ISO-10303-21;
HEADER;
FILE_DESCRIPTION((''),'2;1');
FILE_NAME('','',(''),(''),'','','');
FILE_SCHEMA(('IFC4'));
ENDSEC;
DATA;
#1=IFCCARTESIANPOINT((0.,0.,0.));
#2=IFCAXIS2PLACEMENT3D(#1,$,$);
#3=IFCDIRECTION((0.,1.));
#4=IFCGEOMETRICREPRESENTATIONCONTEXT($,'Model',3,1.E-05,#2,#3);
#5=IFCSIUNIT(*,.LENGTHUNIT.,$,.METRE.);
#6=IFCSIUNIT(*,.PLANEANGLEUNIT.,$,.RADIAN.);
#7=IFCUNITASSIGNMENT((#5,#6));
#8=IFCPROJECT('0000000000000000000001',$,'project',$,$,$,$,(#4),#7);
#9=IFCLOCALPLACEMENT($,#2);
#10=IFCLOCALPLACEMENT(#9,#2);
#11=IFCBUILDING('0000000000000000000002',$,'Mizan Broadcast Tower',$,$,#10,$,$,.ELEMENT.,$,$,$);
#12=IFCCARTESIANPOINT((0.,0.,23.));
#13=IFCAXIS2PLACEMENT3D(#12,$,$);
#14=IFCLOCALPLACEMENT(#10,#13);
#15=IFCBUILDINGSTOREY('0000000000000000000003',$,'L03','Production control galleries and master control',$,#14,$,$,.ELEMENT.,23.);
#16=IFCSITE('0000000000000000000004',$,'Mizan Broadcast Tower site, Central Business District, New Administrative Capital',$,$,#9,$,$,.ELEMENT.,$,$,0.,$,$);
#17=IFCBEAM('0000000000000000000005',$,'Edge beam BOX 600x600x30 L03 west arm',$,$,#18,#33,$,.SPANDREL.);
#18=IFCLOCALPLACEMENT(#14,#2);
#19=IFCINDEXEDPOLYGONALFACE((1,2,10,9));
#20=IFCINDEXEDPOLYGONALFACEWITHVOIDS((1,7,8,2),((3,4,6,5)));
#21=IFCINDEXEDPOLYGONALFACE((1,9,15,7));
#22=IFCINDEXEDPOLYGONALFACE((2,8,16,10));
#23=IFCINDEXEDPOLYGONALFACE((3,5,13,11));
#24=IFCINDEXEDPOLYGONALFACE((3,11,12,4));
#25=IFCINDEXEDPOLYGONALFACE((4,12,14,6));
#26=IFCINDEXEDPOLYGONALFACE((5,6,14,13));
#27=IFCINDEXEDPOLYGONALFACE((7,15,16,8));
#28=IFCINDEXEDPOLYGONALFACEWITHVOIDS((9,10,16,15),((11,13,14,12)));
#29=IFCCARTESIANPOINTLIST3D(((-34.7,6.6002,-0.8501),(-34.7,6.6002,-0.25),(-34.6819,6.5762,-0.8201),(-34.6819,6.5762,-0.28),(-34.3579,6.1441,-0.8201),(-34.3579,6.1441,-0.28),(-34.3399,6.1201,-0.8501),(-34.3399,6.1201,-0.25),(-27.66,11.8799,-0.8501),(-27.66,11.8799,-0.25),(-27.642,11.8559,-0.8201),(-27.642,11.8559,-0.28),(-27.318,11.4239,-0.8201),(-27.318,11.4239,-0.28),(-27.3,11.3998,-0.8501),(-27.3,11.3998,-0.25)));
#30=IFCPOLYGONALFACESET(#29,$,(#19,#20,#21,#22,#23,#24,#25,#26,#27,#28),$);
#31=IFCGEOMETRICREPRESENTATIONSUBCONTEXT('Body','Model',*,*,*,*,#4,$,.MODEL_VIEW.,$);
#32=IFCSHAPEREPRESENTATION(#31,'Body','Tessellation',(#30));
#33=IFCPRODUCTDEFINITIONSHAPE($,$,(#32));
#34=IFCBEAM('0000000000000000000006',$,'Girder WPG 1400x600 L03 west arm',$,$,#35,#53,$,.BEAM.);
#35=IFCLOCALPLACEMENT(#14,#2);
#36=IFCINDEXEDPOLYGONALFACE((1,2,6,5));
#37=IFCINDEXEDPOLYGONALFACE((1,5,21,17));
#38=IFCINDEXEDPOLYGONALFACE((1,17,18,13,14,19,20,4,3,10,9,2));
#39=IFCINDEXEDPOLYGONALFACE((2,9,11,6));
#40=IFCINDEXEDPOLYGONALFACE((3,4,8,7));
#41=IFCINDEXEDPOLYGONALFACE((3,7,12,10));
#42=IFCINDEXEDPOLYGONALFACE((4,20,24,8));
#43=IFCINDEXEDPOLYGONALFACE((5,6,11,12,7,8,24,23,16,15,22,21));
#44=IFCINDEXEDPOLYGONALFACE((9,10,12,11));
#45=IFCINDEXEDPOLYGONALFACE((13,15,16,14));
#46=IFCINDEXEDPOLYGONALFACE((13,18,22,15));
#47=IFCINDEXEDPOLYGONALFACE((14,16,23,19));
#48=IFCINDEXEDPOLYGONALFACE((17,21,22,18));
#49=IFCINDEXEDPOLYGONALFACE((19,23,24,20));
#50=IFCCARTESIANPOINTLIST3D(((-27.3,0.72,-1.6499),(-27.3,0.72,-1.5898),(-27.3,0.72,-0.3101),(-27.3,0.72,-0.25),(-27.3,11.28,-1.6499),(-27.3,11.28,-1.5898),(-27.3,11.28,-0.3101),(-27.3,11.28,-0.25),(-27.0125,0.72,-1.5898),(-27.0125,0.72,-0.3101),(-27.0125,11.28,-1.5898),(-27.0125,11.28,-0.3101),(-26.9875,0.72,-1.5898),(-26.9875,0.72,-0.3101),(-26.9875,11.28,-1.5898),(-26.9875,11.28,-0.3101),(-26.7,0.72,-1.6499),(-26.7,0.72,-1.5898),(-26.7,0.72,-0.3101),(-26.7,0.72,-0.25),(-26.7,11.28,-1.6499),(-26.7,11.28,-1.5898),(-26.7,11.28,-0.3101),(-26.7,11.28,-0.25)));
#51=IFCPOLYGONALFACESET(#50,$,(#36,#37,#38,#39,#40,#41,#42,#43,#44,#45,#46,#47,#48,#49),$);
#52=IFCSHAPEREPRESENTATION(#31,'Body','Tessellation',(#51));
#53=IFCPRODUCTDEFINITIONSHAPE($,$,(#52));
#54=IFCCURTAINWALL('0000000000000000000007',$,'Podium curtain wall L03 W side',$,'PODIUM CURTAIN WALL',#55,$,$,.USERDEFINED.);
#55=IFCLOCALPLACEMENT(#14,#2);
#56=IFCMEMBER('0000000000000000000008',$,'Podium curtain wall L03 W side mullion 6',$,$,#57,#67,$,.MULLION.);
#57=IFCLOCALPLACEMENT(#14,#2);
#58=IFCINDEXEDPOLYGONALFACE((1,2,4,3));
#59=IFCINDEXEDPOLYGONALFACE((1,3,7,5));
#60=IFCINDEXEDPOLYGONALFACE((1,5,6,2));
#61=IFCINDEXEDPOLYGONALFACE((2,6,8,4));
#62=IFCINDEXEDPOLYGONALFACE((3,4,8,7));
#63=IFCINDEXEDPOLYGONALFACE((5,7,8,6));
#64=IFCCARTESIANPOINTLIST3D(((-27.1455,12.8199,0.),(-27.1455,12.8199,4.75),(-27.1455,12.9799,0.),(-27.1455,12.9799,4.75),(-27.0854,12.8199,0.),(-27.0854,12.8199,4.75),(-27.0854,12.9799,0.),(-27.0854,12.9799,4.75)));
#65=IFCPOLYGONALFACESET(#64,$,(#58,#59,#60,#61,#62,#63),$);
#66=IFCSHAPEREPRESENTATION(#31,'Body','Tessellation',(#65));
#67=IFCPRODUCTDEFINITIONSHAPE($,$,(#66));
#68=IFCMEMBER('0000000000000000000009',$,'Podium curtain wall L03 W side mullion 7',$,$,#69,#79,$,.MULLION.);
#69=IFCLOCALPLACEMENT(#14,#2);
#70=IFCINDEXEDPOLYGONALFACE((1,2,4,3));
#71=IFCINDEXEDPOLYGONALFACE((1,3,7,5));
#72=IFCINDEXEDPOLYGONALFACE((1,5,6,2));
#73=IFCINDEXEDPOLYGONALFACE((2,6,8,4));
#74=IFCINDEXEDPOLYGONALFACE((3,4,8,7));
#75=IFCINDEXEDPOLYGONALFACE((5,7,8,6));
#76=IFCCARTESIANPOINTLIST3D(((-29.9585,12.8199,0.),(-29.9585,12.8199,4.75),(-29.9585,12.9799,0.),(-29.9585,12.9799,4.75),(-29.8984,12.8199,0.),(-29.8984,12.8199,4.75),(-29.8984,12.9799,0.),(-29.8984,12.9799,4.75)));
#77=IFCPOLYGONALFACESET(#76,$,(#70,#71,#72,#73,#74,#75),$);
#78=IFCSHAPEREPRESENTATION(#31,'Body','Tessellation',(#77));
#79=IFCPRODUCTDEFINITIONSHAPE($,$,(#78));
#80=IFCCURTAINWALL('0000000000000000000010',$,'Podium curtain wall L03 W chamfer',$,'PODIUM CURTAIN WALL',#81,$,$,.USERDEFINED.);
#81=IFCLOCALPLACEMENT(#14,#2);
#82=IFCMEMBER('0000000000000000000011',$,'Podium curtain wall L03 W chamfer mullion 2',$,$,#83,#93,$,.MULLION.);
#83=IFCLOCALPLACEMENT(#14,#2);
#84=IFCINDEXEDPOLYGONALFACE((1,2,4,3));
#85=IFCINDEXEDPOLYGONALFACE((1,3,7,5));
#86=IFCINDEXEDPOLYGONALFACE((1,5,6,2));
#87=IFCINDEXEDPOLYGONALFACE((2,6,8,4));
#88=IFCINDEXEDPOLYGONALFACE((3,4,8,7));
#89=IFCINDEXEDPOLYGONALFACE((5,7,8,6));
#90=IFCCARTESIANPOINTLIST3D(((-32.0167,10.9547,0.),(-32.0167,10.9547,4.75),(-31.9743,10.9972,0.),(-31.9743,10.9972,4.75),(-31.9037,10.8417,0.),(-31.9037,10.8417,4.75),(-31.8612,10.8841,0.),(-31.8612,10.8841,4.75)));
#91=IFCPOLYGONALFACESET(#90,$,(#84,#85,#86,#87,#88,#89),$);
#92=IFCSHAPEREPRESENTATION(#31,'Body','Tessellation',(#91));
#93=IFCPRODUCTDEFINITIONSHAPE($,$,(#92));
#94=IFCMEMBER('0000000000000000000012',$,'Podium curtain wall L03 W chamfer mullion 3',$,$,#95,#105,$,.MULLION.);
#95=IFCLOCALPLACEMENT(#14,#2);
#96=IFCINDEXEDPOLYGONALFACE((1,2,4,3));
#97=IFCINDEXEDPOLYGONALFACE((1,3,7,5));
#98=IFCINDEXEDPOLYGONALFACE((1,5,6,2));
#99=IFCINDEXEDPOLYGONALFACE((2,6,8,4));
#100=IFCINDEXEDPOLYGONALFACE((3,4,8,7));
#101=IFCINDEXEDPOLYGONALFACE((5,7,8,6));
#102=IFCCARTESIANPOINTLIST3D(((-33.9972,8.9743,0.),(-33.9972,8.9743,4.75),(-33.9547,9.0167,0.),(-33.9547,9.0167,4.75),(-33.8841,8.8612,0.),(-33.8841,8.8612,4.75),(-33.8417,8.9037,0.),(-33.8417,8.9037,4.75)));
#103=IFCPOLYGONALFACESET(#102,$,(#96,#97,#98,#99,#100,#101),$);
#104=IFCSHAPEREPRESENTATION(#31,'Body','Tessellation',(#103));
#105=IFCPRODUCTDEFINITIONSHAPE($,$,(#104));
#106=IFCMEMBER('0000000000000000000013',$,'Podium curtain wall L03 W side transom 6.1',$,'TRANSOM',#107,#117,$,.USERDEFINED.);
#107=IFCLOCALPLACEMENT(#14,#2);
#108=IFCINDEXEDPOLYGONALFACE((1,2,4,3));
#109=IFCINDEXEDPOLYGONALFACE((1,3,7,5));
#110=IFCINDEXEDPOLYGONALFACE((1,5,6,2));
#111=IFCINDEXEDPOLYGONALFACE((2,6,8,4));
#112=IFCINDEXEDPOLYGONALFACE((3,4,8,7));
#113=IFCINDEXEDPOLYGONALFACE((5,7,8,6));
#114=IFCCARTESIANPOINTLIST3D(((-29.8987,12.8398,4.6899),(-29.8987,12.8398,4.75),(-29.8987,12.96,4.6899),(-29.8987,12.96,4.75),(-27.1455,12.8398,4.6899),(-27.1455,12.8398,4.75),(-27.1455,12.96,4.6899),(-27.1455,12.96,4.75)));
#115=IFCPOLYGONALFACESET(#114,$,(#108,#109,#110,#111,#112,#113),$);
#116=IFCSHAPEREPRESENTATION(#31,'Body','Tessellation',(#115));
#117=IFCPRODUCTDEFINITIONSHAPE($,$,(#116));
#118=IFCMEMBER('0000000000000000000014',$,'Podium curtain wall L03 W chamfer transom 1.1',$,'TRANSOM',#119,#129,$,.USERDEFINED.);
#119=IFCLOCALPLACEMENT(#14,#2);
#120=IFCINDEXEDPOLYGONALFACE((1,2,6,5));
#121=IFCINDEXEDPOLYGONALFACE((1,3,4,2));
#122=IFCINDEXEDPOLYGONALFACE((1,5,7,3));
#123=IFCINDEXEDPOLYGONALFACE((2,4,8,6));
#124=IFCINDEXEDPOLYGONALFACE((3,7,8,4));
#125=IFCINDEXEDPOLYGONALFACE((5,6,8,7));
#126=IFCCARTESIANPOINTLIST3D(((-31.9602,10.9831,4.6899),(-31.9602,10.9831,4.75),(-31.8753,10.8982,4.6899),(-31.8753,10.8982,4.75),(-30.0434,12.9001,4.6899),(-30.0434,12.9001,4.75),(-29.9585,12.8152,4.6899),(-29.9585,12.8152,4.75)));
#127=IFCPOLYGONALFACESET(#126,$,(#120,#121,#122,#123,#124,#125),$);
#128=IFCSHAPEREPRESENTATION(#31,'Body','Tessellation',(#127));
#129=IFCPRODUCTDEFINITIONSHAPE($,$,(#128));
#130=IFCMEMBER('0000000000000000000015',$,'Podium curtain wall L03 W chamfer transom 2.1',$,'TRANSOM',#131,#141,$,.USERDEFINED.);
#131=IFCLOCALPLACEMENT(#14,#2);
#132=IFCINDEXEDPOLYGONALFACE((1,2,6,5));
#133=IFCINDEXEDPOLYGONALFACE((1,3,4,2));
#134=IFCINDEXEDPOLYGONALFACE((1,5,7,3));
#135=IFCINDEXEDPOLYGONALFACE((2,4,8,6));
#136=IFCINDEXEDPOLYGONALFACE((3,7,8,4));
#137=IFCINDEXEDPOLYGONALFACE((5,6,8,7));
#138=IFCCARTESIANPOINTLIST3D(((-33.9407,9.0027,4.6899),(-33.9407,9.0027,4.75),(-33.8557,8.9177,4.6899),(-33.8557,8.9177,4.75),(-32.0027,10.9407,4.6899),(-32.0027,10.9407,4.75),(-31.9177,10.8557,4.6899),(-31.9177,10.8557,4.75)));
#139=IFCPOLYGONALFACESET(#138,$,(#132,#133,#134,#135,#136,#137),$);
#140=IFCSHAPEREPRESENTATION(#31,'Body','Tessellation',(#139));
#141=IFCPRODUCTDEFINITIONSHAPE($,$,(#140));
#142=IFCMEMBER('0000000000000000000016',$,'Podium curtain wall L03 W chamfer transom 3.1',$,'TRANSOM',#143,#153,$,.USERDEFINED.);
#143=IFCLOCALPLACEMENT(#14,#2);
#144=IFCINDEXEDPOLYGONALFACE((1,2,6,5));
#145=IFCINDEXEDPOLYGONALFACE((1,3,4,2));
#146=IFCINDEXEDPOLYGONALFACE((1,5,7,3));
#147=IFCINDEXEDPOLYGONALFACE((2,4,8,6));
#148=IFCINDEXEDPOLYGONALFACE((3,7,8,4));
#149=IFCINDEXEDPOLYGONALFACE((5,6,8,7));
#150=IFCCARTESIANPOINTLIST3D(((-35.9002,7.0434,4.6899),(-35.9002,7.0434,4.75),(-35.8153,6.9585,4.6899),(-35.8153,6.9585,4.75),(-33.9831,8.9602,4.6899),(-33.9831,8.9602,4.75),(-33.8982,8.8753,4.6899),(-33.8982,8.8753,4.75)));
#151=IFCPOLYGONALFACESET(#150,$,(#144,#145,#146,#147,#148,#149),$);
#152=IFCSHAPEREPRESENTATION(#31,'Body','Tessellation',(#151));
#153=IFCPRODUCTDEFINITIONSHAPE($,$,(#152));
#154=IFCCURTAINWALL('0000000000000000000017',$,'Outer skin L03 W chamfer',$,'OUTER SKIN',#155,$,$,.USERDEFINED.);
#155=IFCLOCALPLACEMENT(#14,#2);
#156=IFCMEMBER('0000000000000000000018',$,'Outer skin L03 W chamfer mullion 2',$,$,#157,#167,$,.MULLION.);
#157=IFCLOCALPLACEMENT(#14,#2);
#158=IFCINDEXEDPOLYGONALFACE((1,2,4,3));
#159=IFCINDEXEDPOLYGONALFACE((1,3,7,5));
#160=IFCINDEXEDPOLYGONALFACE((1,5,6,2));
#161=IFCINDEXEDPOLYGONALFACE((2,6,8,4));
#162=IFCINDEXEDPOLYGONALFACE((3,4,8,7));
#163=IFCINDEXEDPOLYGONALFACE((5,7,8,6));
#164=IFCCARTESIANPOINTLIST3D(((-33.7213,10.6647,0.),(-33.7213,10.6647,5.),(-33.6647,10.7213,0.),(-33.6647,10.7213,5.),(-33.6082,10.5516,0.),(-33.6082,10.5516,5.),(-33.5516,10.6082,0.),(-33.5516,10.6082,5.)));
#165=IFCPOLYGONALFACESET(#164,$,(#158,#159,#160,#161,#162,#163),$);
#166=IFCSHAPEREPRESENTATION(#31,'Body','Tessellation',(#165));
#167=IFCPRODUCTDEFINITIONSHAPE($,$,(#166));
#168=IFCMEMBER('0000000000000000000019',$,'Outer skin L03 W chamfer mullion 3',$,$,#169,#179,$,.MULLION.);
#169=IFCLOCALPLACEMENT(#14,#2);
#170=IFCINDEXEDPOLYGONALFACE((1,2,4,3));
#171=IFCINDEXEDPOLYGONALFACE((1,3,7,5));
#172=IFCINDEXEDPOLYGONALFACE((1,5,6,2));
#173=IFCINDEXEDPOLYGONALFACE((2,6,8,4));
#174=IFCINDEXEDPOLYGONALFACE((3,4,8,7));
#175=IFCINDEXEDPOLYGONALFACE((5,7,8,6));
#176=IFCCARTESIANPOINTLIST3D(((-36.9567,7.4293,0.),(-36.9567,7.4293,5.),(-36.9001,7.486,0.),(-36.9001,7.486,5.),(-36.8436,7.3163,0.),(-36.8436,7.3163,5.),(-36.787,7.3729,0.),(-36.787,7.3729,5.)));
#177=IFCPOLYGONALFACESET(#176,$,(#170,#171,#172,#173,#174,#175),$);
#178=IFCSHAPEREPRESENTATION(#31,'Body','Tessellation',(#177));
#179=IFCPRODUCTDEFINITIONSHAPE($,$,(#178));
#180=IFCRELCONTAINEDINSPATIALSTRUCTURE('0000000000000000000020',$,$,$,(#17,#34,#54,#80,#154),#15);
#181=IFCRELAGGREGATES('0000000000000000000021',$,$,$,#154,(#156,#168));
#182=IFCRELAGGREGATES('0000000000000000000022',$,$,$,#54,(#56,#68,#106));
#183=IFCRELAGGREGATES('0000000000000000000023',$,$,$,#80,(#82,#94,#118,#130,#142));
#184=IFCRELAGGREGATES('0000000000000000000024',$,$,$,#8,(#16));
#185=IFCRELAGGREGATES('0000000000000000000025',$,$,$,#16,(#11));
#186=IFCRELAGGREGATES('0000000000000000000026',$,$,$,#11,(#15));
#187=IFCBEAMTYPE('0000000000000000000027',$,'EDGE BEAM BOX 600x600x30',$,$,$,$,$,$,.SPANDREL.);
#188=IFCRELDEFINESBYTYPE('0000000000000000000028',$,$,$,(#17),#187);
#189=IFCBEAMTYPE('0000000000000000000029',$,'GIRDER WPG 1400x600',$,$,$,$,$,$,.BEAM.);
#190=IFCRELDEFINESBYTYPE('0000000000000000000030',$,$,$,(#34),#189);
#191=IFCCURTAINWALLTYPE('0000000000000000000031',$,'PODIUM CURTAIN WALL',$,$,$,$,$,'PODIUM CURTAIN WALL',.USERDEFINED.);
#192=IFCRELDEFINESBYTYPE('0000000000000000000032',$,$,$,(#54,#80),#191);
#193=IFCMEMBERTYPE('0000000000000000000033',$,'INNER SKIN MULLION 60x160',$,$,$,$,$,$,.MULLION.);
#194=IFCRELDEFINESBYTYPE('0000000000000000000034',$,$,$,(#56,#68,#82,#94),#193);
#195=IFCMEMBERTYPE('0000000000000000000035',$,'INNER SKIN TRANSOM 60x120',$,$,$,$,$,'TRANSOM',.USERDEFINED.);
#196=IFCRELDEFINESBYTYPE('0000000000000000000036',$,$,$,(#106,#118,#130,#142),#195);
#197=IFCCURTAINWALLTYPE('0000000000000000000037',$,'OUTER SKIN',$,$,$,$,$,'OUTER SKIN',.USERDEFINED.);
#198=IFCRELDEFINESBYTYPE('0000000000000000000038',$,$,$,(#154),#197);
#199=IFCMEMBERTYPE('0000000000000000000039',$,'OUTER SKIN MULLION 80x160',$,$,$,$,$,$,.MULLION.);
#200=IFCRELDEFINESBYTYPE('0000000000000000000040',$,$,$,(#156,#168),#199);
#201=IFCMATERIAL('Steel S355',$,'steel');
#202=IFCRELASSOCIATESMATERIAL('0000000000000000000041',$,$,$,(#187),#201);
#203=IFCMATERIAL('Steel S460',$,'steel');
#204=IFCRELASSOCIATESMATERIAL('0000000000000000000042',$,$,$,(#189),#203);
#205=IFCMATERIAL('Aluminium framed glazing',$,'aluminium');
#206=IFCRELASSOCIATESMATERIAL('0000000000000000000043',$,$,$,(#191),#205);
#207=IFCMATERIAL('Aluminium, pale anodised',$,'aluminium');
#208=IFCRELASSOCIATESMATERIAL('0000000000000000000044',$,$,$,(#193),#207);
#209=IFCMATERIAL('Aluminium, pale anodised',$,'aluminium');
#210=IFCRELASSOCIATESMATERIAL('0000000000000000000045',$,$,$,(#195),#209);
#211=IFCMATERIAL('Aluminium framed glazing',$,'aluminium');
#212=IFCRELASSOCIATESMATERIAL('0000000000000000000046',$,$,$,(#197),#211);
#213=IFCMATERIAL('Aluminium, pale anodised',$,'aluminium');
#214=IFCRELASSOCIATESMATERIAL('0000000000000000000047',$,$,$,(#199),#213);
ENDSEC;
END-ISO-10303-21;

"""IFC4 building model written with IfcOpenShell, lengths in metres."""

from ifc_helpers import new_model, si_unit, direction, frame, origin, origin_2d, place, context, subcontext, project, spatial, rectangle, hollow_rectangle, i_section, extrude, material, material_profile, profile_set, type_object, element, aggregate, save


model = new_model("IFC4")

# Units and contexts
model_context = context("Model", 3, precision=1e-05, world=origin(), true_north=direction((0.0, 1.0)))
body_context = subcontext(model_context, "Body", "Model", "MODEL_VIEW")
ifc_project = project(units=[si_unit("LENGTHUNIT", "METRE"), si_unit("PLANEANGLEUNIT", "RADIAN")], contexts=[model_context])

# Site, building, storey
site_placement = place(None, origin())
site = spatial("IfcSite", under=ifc_project, at=site_placement, Name="Mizan Broadcast Tower site, Central Business District, New Administrative Capital", CompositionType="ELEMENT", RefElevation=0.0)
building_placement = place(site_placement, origin())
building = spatial("IfcBuilding", under=site, at=building_placement, Name="Mizan Broadcast Tower", CompositionType="ELEMENT")
storey_placement = place(building_placement, frame((0.0, 0.0, 23.0)))
storey = spatial("IfcBuildingStorey", under=building, at=storey_placement, Name="L03", Description="Production control galleries and master control", CompositionType="ELEMENT", Elevation=23.0)

# Beams
ifc_material_1 = material(Name="Steel S355", Category="steel")
ifc_material_profile_1 = material_profile(ifc_material_1, hollow_rectangle(XDim=0.6001, YDim=0.6001, WallThickness=0.03, at=origin_2d()), Name="BOX 600x600x30")
ifc_profile_set_1 = profile_set([ifc_material_profile_1], Name="Steel S355")
beam_type_1 = type_object("IfcBeamType", Name="EDGE BEAM BOX 600x600x30", PredefinedType="SPANDREL", material=ifc_profile_set_1)
beam_1_placement = place(storey_placement, frame((-27.48, 11.6399, -0.55), z_axis=(-0.800013, -0.599982, 0.0), x_axis=(0.599982, -0.800013, 0.0)))
element("IfcBeam", 1, at=beam_1_placement, inside=storey, type_object=beam_type_1, Name="Edge beam BOX 600x600x30 L03 west arm", PredefinedType="SPANDREL", context=body_context, shape_type="SweptSolid", body=[
    extrude(hollow_rectangle(XDim=0.6001, YDim=0.6001, WallThickness=0.03, at=origin_2d()), origin(), (0.0, 0.0, 1.0), 8.7998),
])
ifc_material_2 = material(Name="Steel S460", Category="steel")
ifc_material_profile_2 = material_profile(ifc_material_2, i_section(OverallWidth=0.6001, OverallDepth=1.3999, WebThickness=0.0249, FlangeThickness=0.0601, at=origin_2d()), Name="WPG 1400x600")
ifc_profile_set_2 = profile_set([ifc_material_profile_2], Name="Steel S460")
beam_type_2 = type_object("IfcBeamType", Name="GIRDER WPG 1400x600", PredefinedType="BEAM", material=ifc_profile_set_2)
beam_2_placement = place(storey_placement, frame((-27.0, 11.28, -0.95), z_axis=(0.0, -1.0, 0.0), x_axis=(1.0, 0.0, 0.0)))
element("IfcBeam", 2, at=beam_2_placement, inside=storey, type_object=beam_type_2, Name="Girder WPG 1400x600 L03 west arm", PredefinedType="BEAM", context=body_context, shape_type="SweptSolid", body=[
    extrude(i_section(OverallWidth=0.6001, OverallDepth=1.3999, WebThickness=0.0249, FlangeThickness=0.0601, at=origin_2d()), origin(), (0.0, 0.0, 1.0), 10.5601),
])

# Curtain walls, members
ifc_material_3 = material(Name="Aluminium framed glazing", Category="aluminium")
curtain_wall_type_1 = type_object("IfcCurtainWallType", Name="PODIUM CURTAIN WALL", ElementType="PODIUM CURTAIN WALL", PredefinedType="USERDEFINED", material=ifc_material_3)
curtain_wall_1_placement = place(storey_placement, origin())
curtain_wall_1 = element("IfcCurtainWall", 3, at=curtain_wall_1_placement, inside=storey, type_object=curtain_wall_type_1, Name="Podium curtain wall L03 W side", ObjectType="PODIUM CURTAIN WALL", PredefinedType="USERDEFINED")
ifc_material_4 = material(Name="Aluminium, pale anodised", Category="aluminium")
ifc_material_profile_3 = material_profile(ifc_material_4, rectangle(XDim=0.1599, YDim=0.0601, at=origin_2d()), Name="MULLION 160x60")
ifc_profile_set_3 = profile_set([ifc_material_profile_3], Name="Aluminium, pale anodised")
member_type_1 = type_object("IfcMemberType", Name="INNER SKIN MULLION 60x160", PredefinedType="MULLION", material=ifc_profile_set_3)
member_1_placement = place(storey_placement, frame((-27.1155, 12.8999, 0.0), z_axis=(0.0, 0.0, 1.0), x_axis=(0.0, -1.0, 0.0)))
member_1 = element("IfcMember", 4, at=member_1_placement, type_object=member_type_1, Name="Podium curtain wall L03 W side mullion 6", PredefinedType="MULLION", context=body_context, shape_type="SweptSolid", body=[
    extrude(rectangle(XDim=0.1599, YDim=0.0601, at=origin_2d()), origin(), (0.0, 0.0, 1.0), 4.75),
])
member_2_placement = place(storey_placement, frame((-29.9285, 12.8999, 0.0), z_axis=(0.0, 0.0, 1.0), x_axis=(0.0, -1.0, 0.0)))
member_2 = element("IfcMember", 5, at=member_2_placement, type_object=member_type_1, Name="Podium curtain wall L03 W side mullion 7", PredefinedType="MULLION", context=body_context, shape_type="SweptSolid", body=[
    extrude(rectangle(XDim=0.1599, YDim=0.0601, at=origin_2d()), origin(), (0.0, 0.0, 1.0), 4.75),
])
curtain_wall_2_placement = place(storey_placement, origin())
curtain_wall_2 = element("IfcCurtainWall", 6, at=curtain_wall_2_placement, inside=storey, type_object=curtain_wall_type_1, Name="Podium curtain wall L03 W chamfer", ObjectType="PODIUM CURTAIN WALL", PredefinedType="USERDEFINED")
member_3_placement = place(storey_placement, frame((-31.939, 10.9194, 0.0), z_axis=(0.0, 0.0, 1.0), x_axis=(0.707107, -0.707107, 0.0)))
member_3 = element("IfcMember", 7, at=member_3_placement, type_object=member_type_1, Name="Podium curtain wall L03 W chamfer mullion 2", PredefinedType="MULLION", context=body_context, shape_type="SweptSolid", body=[
    extrude(rectangle(XDim=0.1599, YDim=0.0601, at=origin_2d()), origin(), (0.0, 0.0, 1.0), 4.75),
])
member_4_placement = place(storey_placement, frame((-33.9194, 8.939, 0.0), z_axis=(0.0, 0.0, 1.0), x_axis=(0.707107, -0.707107, 0.0)))
member_4 = element("IfcMember", 8, at=member_4_placement, type_object=member_type_1, Name="Podium curtain wall L03 W chamfer mullion 3", PredefinedType="MULLION", context=body_context, shape_type="SweptSolid", body=[
    extrude(rectangle(XDim=0.1599, YDim=0.0601, at=origin_2d()), origin(), (0.0, 0.0, 1.0), 4.75),
])

# Members
ifc_material_5 = material(Name="Aluminium, pale anodised", Category="aluminium")
ifc_material_profile_4 = material_profile(ifc_material_5, rectangle(XDim=0.1201, YDim=0.0601, at=origin_2d()), Name="TRANSOM 120x60")
ifc_profile_set_4 = profile_set([ifc_material_profile_4], Name="Aluminium, pale anodised")
member_type_2 = type_object("IfcMemberType", Name="INNER SKIN TRANSOM 60x120", ElementType="TRANSOM", PredefinedType="USERDEFINED", material=ifc_profile_set_4)
member_5_placement = place(storey_placement, frame((-27.1455, 12.8999, 4.72), z_axis=(-1.0, 0.0, 0.0), x_axis=(0.0, -1.0, 0.0)))
member_5 = element("IfcMember", 9, at=member_5_placement, type_object=member_type_2, Name="Podium curtain wall L03 W side transom 6.1", ObjectType="TRANSOM", PredefinedType="USERDEFINED", context=body_context, shape_type="SweptSolid", body=[
    extrude(rectangle(XDim=0.1201, YDim=0.0601, at=origin_2d()), origin(), (0.0, 0.0, 1.0), 2.7532),
])
member_6_placement = place(storey_placement, frame((-30.001, 12.8577, 4.72), z_axis=(-0.707062, -0.707152, 0.0), x_axis=(0.707152, -0.707062, 0.0)))
member_6 = element("IfcMember", 10, at=member_6_placement, type_object=member_type_2, Name="Podium curtain wall L03 W chamfer transom 1.1", ObjectType="TRANSOM", PredefinedType="USERDEFINED", context=body_context, shape_type="SweptSolid", body=[
    extrude(rectangle(XDim=0.1201, YDim=0.0601, at=origin_2d()), origin(), (0.0, 0.0, 1.0), 2.7109),
])
member_7_placement = place(storey_placement, frame((-31.9602, 10.8982, 4.72), z_axis=(-0.707107, -0.707107, 0.0), x_axis=(0.707107, -0.707107, 0.0)))
member_7 = element("IfcMember", 11, at=member_7_placement, type_object=member_type_2, Name="Podium curtain wall L03 W chamfer transom 2.1", ObjectType="TRANSOM", PredefinedType="USERDEFINED", context=body_context, shape_type="SweptSolid", body=[
    extrude(rectangle(XDim=0.1201, YDim=0.0601, at=origin_2d()), origin(), (0.0, 0.0, 1.0), 2.7407),
])
member_8_placement = place(storey_placement, frame((-33.9407, 8.9177, 4.72), z_axis=(-0.707152, -0.707062, 0.0), x_axis=(0.707062, -0.707152, 0.0)))
member_8 = element("IfcMember", 12, at=member_8_placement, type_object=member_type_2, Name="Podium curtain wall L03 W chamfer transom 3.1", ObjectType="TRANSOM", PredefinedType="USERDEFINED", context=body_context, shape_type="SweptSolid", body=[
    extrude(rectangle(XDim=0.1201, YDim=0.0601, at=origin_2d()), origin(), (0.0, 0.0, 1.0), 2.7109),
])

# Curtain wall, members
ifc_material_6 = material(Name="Aluminium framed glazing", Category="aluminium")
curtain_wall_type_2 = type_object("IfcCurtainWallType", Name="OUTER SKIN", ElementType="OUTER SKIN", PredefinedType="USERDEFINED", material=ifc_material_6)
curtain_wall_3_placement = place(storey_placement, origin())
curtain_wall_3 = element("IfcCurtainWall", 13, at=curtain_wall_3_placement, inside=storey, type_object=curtain_wall_type_2, Name="Outer skin L03 W chamfer", ObjectType="OUTER SKIN", PredefinedType="USERDEFINED")
ifc_material_7 = material(Name="Aluminium, pale anodised", Category="aluminium")
ifc_material_profile_5 = material_profile(ifc_material_7, rectangle(XDim=0.1599, YDim=0.0801, at=origin_2d()), Name="MULLION 160x80")
ifc_profile_set_5 = profile_set([ifc_material_profile_5], Name="Aluminium, pale anodised")
member_type_3 = type_object("IfcMemberType", Name="OUTER SKIN MULLION 80x160", PredefinedType="MULLION", material=ifc_profile_set_5)
member_9_placement = place(storey_placement, frame((-33.6365, 10.6365, 0.0), z_axis=(0.0, 0.0, 1.0), x_axis=(0.707107, -0.707107, 0.0)))
member_9 = element("IfcMember", 14, at=member_9_placement, type_object=member_type_3, Name="Outer skin L03 W chamfer mullion 2", PredefinedType="MULLION", context=body_context, shape_type="SweptSolid", body=[
    extrude(rectangle(XDim=0.1599, YDim=0.0801, at=origin_2d()), origin(), (0.0, 0.0, 1.0), 5.0),
])
member_10_placement = place(storey_placement, frame((-36.8718, 7.4011, 0.0), z_axis=(0.0, 0.0, 1.0), x_axis=(0.707107, -0.707107, 0.0)))
member_10 = element("IfcMember", 15, at=member_10_placement, type_object=member_type_3, Name="Outer skin L03 W chamfer mullion 3", PredefinedType="MULLION", context=body_context, shape_type="SweptSolid", body=[
    extrude(rectangle(XDim=0.1599, YDim=0.0801, at=origin_2d()), origin(), (0.0, 0.0, 1.0), 5.0),
])

aggregate(curtain_wall_3, [member_9, member_10])
aggregate(curtain_wall_1, [member_1, member_2, member_5])
aggregate(curtain_wall_2, [member_3, member_4, member_6, member_7, member_8])

save(model, "model.ifc")
